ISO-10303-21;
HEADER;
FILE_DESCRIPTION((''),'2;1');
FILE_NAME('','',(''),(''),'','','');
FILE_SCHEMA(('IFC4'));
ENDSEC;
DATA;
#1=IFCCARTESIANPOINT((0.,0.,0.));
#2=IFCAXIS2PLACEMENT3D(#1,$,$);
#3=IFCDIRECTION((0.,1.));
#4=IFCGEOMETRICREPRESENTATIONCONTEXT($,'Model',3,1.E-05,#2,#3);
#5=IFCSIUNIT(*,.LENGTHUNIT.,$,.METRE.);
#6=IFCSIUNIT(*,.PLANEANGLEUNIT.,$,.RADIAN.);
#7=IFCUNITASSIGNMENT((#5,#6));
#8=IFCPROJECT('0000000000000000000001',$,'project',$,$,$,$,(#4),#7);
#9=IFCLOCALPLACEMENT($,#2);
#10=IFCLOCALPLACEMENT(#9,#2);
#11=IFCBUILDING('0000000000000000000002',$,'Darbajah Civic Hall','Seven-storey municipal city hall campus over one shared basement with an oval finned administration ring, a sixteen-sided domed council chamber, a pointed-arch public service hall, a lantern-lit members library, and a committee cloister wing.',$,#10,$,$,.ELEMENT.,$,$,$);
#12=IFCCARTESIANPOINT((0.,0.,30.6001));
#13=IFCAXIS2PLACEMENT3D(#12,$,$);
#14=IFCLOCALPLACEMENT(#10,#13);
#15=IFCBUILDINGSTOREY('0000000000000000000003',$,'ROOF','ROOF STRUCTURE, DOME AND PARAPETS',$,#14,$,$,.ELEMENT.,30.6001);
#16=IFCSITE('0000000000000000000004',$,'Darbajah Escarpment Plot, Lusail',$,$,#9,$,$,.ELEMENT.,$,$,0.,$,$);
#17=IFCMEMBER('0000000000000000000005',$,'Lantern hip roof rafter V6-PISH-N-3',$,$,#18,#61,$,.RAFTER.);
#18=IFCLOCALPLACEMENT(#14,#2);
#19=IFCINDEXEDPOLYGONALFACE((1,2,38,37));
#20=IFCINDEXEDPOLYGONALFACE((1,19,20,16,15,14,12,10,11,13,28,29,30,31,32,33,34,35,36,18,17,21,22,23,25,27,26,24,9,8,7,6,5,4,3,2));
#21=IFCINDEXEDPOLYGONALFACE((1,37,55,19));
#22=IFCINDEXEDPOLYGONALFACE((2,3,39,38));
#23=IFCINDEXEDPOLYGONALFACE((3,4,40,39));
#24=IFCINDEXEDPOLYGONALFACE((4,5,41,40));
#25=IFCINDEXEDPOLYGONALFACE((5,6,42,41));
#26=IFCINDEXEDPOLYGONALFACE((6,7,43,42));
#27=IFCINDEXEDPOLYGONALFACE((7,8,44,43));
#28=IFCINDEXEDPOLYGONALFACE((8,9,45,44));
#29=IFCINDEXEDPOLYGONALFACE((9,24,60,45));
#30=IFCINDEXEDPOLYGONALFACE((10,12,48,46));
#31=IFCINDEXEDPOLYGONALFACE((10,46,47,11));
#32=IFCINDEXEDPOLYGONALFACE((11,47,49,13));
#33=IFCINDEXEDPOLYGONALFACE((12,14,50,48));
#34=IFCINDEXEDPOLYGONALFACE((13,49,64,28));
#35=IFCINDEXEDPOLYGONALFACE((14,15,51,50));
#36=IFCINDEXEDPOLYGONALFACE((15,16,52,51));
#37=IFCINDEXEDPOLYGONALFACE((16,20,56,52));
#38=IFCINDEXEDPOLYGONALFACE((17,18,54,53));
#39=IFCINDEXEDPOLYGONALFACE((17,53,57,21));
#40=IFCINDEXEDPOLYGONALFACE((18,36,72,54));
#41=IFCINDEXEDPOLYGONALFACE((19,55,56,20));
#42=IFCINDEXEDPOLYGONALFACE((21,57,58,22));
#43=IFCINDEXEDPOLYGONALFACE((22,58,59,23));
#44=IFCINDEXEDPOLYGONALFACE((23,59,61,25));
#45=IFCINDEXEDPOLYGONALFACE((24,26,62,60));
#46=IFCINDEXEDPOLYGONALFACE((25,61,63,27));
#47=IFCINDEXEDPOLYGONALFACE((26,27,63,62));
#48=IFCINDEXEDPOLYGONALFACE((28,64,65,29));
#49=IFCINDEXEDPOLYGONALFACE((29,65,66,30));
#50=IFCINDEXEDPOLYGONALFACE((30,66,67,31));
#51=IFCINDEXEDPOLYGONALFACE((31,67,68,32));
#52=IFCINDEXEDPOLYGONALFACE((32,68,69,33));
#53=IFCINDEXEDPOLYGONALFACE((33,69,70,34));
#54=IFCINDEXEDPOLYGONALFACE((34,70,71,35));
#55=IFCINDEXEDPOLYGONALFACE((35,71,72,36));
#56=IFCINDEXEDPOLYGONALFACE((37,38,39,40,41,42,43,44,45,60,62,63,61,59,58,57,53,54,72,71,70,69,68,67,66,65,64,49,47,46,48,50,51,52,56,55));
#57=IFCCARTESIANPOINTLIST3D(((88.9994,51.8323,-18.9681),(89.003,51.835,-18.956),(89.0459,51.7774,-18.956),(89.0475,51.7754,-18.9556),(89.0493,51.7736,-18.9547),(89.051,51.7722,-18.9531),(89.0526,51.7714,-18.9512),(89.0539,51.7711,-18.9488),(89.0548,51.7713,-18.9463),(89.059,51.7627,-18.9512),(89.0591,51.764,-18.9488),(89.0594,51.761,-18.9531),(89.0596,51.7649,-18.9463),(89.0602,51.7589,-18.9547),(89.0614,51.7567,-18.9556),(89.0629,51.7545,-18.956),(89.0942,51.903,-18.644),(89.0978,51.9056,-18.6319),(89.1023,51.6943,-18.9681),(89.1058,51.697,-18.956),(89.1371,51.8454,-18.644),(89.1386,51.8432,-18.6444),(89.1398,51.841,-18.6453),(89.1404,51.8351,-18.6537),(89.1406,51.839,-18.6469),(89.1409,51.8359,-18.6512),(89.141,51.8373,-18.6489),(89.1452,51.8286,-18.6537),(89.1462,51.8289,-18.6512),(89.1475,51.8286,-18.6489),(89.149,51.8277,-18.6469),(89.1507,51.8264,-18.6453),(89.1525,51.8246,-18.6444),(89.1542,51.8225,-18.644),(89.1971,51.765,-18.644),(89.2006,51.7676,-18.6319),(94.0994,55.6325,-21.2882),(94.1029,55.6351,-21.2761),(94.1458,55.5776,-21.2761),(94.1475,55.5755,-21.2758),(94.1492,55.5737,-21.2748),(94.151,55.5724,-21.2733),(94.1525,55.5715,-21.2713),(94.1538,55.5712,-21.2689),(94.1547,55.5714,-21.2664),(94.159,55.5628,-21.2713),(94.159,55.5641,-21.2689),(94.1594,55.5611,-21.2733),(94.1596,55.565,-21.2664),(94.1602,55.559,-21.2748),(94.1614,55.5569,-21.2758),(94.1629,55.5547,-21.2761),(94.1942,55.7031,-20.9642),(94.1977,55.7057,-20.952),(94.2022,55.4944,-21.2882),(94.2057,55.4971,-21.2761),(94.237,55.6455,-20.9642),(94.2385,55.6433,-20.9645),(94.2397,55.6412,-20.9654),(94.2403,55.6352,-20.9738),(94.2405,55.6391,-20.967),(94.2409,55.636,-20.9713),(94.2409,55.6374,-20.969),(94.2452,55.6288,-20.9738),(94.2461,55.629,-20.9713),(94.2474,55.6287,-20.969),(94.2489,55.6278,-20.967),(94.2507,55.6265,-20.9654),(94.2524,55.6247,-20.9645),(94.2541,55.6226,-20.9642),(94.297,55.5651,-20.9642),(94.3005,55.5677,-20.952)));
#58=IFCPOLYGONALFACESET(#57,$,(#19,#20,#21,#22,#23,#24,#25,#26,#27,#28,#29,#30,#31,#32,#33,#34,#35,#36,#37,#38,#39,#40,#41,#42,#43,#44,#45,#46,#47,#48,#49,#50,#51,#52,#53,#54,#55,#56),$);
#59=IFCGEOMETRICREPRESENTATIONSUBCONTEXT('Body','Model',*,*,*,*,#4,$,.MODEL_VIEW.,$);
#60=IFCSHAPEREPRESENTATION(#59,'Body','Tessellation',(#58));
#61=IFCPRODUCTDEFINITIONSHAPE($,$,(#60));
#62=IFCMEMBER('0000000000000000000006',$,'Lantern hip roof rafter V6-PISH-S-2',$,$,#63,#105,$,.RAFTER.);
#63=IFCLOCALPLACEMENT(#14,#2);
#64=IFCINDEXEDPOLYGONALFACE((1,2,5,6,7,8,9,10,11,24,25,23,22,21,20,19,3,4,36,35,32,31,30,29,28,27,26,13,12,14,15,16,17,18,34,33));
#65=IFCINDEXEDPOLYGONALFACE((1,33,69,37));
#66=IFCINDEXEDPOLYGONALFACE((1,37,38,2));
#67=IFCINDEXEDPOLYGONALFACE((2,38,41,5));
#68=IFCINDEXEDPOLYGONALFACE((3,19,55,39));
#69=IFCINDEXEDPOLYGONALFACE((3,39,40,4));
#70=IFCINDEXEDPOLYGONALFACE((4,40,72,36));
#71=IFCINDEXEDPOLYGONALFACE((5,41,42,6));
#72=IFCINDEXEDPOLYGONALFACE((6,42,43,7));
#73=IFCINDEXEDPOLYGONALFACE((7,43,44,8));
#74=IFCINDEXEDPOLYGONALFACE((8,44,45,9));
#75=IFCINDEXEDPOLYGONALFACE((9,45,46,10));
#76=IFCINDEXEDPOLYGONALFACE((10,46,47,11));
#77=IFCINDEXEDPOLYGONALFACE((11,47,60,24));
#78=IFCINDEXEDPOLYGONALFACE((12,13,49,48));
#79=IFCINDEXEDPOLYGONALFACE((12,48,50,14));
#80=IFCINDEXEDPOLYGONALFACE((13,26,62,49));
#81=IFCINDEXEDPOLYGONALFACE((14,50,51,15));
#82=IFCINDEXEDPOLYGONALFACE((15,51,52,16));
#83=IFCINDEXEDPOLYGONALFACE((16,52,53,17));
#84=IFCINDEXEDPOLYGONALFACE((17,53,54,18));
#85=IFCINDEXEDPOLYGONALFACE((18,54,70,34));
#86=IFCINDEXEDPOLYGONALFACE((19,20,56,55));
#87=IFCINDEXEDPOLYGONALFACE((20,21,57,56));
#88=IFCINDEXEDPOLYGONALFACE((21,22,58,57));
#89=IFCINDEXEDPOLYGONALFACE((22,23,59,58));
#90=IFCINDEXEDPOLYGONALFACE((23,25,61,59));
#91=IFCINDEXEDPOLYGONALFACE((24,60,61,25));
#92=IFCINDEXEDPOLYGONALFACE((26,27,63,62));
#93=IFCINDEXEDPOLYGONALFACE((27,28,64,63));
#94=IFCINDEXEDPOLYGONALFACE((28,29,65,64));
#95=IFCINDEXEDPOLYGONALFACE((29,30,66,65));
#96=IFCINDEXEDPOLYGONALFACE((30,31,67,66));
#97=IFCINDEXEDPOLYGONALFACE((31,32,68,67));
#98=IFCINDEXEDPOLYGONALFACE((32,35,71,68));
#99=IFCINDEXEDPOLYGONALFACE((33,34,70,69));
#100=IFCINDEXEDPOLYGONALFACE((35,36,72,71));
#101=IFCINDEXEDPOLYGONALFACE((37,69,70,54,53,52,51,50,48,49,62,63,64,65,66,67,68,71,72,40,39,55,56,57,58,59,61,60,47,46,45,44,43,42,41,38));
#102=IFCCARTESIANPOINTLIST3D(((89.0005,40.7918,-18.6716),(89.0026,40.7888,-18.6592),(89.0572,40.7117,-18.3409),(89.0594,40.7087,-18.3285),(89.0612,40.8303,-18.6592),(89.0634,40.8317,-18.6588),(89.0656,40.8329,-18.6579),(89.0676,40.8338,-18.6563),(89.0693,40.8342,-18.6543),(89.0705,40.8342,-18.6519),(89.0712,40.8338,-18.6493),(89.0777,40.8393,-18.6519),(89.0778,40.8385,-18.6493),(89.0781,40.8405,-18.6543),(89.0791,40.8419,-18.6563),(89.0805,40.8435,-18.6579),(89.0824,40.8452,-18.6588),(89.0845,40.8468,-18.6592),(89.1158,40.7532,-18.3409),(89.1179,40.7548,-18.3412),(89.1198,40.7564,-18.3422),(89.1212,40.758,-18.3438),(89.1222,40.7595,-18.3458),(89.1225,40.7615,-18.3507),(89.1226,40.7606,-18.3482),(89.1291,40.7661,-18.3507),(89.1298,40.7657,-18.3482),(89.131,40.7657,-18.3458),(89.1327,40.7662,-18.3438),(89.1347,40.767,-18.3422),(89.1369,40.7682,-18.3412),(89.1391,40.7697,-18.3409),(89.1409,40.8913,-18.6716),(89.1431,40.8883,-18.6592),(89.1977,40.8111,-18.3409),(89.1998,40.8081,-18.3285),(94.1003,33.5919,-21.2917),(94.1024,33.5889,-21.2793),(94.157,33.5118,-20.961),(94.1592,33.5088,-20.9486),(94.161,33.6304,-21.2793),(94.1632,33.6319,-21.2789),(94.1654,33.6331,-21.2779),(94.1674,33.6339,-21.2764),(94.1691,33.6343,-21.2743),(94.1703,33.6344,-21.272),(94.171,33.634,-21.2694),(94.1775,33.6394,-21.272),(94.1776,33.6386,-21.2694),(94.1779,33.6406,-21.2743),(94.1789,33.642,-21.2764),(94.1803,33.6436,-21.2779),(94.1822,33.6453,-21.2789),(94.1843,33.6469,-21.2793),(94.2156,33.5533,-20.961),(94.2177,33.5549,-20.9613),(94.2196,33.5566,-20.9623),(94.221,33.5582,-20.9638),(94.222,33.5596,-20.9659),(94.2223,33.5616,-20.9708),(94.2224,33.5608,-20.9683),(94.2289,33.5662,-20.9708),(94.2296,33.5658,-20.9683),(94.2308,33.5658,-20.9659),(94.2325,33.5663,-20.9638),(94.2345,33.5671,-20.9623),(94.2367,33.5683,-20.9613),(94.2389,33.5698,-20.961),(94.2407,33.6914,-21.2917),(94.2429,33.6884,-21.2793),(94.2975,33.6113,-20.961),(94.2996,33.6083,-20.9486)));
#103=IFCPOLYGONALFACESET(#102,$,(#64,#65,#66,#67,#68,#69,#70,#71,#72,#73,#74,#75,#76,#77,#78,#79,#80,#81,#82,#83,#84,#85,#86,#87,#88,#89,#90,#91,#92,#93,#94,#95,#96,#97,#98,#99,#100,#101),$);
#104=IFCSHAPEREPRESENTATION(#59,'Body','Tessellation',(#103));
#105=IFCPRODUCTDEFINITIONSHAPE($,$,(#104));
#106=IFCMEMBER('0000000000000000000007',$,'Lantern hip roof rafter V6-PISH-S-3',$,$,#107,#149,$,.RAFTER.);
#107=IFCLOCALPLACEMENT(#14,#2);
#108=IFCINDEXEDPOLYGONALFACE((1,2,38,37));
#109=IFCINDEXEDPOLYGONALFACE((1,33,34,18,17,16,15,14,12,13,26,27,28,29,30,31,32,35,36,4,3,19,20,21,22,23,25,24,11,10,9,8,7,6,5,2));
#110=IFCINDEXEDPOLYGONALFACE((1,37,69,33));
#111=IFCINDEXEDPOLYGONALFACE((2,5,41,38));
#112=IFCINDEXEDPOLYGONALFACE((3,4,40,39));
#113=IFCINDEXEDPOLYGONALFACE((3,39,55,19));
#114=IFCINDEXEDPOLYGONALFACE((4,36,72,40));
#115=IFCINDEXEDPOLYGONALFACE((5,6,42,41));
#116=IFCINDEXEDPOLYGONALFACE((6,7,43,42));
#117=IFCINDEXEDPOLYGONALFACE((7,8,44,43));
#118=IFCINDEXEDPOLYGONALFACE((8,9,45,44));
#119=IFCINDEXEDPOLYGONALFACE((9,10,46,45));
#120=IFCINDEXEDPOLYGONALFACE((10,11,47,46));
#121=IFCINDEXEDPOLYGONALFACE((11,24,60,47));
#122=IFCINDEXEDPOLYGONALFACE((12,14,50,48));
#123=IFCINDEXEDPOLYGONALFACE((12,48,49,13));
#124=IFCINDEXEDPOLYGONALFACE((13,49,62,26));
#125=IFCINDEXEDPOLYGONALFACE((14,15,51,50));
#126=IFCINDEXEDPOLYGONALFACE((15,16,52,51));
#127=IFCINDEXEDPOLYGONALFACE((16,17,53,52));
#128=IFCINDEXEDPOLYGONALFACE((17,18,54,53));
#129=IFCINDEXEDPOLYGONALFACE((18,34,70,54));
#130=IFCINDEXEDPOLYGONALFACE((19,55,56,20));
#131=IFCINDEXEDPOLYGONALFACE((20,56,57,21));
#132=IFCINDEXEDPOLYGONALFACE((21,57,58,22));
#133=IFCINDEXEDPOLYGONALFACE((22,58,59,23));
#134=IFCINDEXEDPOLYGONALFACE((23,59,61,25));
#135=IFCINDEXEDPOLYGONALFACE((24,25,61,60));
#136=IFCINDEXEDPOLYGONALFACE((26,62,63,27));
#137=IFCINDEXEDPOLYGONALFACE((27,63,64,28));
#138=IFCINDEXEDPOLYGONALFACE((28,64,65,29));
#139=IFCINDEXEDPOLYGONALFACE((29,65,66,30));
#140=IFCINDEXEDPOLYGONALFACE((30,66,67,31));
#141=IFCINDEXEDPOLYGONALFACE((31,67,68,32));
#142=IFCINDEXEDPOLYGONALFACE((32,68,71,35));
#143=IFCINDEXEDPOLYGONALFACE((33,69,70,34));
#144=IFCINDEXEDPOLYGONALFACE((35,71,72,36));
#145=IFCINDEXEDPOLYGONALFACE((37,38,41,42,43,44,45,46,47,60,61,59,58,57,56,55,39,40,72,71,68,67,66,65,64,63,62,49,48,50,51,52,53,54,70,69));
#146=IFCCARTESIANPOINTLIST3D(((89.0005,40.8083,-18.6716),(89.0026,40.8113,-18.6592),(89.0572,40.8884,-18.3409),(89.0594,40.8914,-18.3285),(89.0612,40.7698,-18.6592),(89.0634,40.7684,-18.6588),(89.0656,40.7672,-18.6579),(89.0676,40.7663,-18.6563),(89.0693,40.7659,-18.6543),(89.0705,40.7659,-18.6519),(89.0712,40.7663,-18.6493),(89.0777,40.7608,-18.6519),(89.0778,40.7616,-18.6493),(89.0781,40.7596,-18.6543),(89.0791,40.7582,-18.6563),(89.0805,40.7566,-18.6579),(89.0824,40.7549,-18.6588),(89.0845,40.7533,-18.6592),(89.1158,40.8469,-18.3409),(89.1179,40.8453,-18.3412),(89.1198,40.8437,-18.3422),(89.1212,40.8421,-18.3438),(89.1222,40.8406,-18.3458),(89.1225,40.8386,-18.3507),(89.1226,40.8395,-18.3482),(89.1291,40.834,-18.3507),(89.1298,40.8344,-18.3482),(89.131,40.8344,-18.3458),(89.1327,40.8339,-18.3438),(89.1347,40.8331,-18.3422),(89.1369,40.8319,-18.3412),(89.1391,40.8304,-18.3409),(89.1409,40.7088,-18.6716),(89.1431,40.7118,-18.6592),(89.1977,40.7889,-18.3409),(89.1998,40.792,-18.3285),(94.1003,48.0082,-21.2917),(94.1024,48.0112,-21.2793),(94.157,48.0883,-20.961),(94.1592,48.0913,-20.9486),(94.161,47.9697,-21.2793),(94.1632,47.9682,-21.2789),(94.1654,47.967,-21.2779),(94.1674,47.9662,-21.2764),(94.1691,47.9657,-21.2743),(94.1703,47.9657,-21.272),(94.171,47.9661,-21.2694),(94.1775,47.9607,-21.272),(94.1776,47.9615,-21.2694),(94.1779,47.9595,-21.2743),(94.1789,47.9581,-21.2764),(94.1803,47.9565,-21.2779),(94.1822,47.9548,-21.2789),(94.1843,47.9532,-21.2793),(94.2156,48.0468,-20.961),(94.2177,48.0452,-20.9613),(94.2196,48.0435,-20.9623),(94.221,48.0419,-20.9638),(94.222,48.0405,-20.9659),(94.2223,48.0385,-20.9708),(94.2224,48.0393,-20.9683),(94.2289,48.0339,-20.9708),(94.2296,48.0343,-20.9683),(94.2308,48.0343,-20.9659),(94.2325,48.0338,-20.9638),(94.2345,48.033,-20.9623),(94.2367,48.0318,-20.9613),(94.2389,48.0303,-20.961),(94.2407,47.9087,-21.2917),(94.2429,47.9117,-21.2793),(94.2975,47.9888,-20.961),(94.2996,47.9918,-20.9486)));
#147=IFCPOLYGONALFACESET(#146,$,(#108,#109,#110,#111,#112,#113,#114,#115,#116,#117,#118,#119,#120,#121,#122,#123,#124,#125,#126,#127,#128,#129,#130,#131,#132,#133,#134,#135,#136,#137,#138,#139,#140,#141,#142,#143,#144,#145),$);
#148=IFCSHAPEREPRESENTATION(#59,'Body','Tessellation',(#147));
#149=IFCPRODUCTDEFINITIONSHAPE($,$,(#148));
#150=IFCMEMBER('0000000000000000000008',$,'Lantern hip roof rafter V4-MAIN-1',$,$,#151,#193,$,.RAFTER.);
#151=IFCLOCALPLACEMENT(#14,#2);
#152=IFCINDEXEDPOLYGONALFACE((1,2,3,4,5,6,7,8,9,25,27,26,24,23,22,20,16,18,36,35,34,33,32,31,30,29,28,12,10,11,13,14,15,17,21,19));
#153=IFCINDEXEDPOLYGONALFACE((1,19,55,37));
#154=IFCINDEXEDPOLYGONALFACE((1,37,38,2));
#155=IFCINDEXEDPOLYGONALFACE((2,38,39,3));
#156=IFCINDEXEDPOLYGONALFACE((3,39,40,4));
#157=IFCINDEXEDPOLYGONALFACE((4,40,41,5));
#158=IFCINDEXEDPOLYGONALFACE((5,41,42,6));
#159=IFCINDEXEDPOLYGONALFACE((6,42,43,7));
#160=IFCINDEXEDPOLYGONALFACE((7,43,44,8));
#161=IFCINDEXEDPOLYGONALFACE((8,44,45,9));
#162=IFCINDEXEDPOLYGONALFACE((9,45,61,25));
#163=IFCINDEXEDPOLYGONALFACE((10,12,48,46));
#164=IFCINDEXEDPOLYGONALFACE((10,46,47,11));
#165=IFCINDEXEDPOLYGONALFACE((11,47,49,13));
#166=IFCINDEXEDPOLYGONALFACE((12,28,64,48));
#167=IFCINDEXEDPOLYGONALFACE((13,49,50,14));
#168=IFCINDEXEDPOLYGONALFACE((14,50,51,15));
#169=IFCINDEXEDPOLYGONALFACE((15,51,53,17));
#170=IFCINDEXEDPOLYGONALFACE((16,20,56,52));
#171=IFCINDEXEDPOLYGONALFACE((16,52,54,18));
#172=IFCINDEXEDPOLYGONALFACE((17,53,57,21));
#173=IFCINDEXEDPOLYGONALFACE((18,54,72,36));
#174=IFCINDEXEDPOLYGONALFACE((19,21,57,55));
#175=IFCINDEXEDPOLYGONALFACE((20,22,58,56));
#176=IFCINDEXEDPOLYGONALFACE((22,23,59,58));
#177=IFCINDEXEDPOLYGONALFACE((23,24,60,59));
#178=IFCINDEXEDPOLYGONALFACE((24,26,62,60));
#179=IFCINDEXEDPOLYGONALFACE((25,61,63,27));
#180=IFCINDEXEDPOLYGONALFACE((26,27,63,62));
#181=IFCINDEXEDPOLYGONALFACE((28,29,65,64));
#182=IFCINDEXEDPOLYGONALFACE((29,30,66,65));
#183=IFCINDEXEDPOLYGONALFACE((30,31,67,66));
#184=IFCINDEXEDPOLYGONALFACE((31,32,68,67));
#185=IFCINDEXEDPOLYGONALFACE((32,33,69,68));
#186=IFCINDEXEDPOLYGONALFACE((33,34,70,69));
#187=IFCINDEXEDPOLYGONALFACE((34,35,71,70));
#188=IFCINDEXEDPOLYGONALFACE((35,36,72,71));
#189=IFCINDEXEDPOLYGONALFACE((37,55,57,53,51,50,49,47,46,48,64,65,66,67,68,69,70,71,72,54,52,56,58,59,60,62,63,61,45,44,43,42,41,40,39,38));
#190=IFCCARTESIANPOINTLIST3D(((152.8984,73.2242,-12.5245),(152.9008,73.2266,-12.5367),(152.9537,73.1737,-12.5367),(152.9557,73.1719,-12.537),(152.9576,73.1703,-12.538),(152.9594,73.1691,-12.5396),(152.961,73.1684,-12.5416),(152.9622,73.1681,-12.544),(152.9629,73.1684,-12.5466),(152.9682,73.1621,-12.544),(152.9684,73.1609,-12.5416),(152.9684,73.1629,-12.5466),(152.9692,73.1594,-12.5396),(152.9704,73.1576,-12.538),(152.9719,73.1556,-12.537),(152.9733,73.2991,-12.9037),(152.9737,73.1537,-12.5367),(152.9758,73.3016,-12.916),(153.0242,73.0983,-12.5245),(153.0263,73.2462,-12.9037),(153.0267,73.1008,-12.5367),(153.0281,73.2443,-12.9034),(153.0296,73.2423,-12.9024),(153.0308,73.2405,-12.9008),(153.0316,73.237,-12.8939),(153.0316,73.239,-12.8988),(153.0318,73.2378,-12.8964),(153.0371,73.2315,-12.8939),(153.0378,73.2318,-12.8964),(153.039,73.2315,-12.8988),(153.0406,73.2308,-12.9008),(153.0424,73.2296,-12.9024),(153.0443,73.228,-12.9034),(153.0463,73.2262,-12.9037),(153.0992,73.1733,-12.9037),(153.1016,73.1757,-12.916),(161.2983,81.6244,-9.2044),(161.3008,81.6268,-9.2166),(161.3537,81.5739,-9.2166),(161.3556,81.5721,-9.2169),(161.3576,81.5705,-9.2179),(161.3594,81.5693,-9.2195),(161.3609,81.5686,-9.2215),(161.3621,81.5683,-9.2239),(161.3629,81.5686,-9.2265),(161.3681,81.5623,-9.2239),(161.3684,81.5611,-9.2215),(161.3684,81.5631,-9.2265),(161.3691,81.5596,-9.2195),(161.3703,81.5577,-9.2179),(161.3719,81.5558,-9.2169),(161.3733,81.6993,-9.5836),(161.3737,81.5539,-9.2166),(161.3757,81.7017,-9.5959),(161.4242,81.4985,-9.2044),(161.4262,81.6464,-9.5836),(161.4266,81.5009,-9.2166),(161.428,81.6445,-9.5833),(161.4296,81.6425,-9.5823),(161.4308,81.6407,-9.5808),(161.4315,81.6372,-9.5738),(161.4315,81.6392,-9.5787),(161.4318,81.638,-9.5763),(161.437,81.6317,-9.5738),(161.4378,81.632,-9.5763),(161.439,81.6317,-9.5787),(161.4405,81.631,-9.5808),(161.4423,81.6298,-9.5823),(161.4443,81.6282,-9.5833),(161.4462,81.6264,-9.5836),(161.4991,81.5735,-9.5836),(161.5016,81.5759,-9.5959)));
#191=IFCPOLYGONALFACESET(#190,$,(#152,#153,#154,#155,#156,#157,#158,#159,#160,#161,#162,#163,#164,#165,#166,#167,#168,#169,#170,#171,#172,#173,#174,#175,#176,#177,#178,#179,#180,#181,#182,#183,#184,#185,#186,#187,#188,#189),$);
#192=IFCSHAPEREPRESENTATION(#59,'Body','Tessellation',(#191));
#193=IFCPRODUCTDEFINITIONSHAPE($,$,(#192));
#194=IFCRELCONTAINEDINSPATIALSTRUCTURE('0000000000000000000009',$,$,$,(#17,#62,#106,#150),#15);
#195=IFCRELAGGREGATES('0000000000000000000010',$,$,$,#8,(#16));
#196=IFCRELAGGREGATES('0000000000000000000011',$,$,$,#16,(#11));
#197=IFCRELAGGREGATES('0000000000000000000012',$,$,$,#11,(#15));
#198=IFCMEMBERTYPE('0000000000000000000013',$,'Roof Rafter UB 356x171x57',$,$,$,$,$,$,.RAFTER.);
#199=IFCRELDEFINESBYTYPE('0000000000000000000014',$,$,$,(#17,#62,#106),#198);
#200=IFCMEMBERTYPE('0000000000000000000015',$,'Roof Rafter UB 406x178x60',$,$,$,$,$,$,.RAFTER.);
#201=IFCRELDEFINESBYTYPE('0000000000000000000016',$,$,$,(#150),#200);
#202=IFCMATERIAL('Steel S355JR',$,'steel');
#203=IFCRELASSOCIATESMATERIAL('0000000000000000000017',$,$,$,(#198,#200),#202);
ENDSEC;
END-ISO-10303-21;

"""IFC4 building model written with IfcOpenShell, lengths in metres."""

from ifc_helpers import new_model, si_unit, direction, frame, origin, origin_2d, place, context, subcontext, project, spatial, i_section, extrude, material, material_profile, profile_set, type_object, element, save


model = new_model("IFC4")

# Units and contexts
model_context = context("Model", 3, precision=1e-05, world=origin(), true_north=direction((0.0, 1.0)))
body_context = subcontext(model_context, "Body", "Model", "MODEL_VIEW")
ifc_project = project(units=[si_unit("LENGTHUNIT", "METRE"), si_unit("PLANEANGLEUNIT", "RADIAN")], contexts=[model_context])

# Site, building, storey
site_placement = place(None, origin())
site = spatial("IfcSite", under=ifc_project, at=site_placement, Name="Darbajah Escarpment Plot, Lusail", CompositionType="ELEMENT", RefElevation=0.0)
building_placement = place(site_placement, origin())
building = spatial("IfcBuilding", under=site, at=building_placement, Name="Darbajah Civic Hall", Description="Seven-storey municipal city hall campus over one shared basement with an oval finned administration ring, a sixteen-sided domed council chamber, a pointed-arch public service hall, a lantern-lit members library, and a committee cloister wing.", CompositionType="ELEMENT")
storey_placement = place(building_placement, frame((0.0, 0.0, 30.6001)))
storey = spatial("IfcBuildingStorey", under=building, at=storey_placement, Name="ROOF", Description="ROOF STRUCTURE, DOME AND PARAPETS", CompositionType="ELEMENT", Elevation=30.6001)

# Members
ifc_material_1 = material(Name="Steel S355JR", Category="steel")
ifc_material_profile_1 = material_profile(ifc_material_1, i_section(OverallWidth=0.1721, OverallDepth=0.3579, WebThickness=0.0081, FlangeThickness=0.0129, FilletRadius=0.0103, at=origin_2d()), Name="UB 356x171x57")
ifc_profile_set_1 = profile_set([ifc_material_profile_1], Name="Steel S355JR")
member_type_1 = type_object("IfcMemberType", Name="Roof Rafter UB 356x171x57", PredefinedType="RAFTER", material=ifc_profile_set_1)
member_1_placement = place(storey_placement, frame((94.2, 55.6001, -21.1201), z_axis=(-0.753313, -0.561315, 0.342703), x_axis=(0.597497, -0.801871, 0.0)))
element("IfcMember", 1, at=member_1_placement, inside=storey, type_object=member_type_1, Name="Lantern hip roof rafter V6-PISH-N-3", PredefinedType="RAFTER", context=body_context, shape_type="SweptSolid", body=[
    extrude(i_section(OverallWidth=0.1721, OverallDepth=0.3579, WebThickness=0.0081, FlangeThickness=0.0129, FilletRadius=0.0103, at=origin_2d()), origin(), (0.0, 0.0, 1.0), 6.77),
])
for number, where, z_axis, x_axis, name in (
    (2, (94.2, 33.6001, -21.1201), (-0.554094, 0.782267, 0.284673), (-0.81603, -0.578009, 0.0), "Lantern hip roof rafter V6-PISH-S-2"),
    (3, (94.2, 48.0, -21.1201), (-0.554094, -0.782267, 0.284673), (0.81603, -0.578009, 0.0), "Lantern hip roof rafter V6-PISH-S-3"),
):
    element("IfcMember", number, at=place(storey_placement, frame(where, z_axis=z_axis, x_axis=x_axis)), inside=storey, type_object=member_type_1, Name=name, PredefinedType="RAFTER", context=body_context, shape_type="SweptSolid", body=[
        extrude(i_section(OverallWidth=0.1721, OverallDepth=0.3579, WebThickness=0.0081, FlangeThickness=0.0129, FilletRadius=0.0103, at=origin_2d()), origin(), (0.0, 0.0, 1.0), 9.2039),
    ])
ifc_material_profile_2 = material_profile(ifc_material_1, i_section(OverallWidth=0.178, OverallDepth=0.4065, WebThickness=0.0078, FlangeThickness=0.0127, FilletRadius=0.0103, at=origin_2d()), Name="UB 406x178x60")
ifc_profile_set_2 = profile_set([ifc_material_profile_2], Name="Steel S355JR")
member_type_2 = type_object("IfcMemberType", Name="Roof Rafter UB 406x178x60", PredefinedType="RAFTER", material=ifc_profile_set_2)
for number, where, z_axis, x_axis, name in (
    (4, (153.0, 73.2, -12.7202), (0.681, 0.68102, 0.269166), (-0.707117, 0.707097, 0.0), "Lantern hip roof rafter V4-MAIN-1"),
):
    element("IfcMember", number, at=place(storey_placement, frame(where, z_axis=z_axis, x_axis=x_axis)), inside=storey, type_object=member_type_2, Name=name, PredefinedType="RAFTER", context=body_context, shape_type="SweptSolid", body=[
        extrude(i_section(OverallWidth=0.178, OverallDepth=0.4065, WebThickness=0.0078, FlangeThickness=0.0127, FilletRadius=0.0103, at=origin_2d()), origin(), (0.0, 0.0, 1.0), 12.3347),
    ])

save(model, "model.ifc")
